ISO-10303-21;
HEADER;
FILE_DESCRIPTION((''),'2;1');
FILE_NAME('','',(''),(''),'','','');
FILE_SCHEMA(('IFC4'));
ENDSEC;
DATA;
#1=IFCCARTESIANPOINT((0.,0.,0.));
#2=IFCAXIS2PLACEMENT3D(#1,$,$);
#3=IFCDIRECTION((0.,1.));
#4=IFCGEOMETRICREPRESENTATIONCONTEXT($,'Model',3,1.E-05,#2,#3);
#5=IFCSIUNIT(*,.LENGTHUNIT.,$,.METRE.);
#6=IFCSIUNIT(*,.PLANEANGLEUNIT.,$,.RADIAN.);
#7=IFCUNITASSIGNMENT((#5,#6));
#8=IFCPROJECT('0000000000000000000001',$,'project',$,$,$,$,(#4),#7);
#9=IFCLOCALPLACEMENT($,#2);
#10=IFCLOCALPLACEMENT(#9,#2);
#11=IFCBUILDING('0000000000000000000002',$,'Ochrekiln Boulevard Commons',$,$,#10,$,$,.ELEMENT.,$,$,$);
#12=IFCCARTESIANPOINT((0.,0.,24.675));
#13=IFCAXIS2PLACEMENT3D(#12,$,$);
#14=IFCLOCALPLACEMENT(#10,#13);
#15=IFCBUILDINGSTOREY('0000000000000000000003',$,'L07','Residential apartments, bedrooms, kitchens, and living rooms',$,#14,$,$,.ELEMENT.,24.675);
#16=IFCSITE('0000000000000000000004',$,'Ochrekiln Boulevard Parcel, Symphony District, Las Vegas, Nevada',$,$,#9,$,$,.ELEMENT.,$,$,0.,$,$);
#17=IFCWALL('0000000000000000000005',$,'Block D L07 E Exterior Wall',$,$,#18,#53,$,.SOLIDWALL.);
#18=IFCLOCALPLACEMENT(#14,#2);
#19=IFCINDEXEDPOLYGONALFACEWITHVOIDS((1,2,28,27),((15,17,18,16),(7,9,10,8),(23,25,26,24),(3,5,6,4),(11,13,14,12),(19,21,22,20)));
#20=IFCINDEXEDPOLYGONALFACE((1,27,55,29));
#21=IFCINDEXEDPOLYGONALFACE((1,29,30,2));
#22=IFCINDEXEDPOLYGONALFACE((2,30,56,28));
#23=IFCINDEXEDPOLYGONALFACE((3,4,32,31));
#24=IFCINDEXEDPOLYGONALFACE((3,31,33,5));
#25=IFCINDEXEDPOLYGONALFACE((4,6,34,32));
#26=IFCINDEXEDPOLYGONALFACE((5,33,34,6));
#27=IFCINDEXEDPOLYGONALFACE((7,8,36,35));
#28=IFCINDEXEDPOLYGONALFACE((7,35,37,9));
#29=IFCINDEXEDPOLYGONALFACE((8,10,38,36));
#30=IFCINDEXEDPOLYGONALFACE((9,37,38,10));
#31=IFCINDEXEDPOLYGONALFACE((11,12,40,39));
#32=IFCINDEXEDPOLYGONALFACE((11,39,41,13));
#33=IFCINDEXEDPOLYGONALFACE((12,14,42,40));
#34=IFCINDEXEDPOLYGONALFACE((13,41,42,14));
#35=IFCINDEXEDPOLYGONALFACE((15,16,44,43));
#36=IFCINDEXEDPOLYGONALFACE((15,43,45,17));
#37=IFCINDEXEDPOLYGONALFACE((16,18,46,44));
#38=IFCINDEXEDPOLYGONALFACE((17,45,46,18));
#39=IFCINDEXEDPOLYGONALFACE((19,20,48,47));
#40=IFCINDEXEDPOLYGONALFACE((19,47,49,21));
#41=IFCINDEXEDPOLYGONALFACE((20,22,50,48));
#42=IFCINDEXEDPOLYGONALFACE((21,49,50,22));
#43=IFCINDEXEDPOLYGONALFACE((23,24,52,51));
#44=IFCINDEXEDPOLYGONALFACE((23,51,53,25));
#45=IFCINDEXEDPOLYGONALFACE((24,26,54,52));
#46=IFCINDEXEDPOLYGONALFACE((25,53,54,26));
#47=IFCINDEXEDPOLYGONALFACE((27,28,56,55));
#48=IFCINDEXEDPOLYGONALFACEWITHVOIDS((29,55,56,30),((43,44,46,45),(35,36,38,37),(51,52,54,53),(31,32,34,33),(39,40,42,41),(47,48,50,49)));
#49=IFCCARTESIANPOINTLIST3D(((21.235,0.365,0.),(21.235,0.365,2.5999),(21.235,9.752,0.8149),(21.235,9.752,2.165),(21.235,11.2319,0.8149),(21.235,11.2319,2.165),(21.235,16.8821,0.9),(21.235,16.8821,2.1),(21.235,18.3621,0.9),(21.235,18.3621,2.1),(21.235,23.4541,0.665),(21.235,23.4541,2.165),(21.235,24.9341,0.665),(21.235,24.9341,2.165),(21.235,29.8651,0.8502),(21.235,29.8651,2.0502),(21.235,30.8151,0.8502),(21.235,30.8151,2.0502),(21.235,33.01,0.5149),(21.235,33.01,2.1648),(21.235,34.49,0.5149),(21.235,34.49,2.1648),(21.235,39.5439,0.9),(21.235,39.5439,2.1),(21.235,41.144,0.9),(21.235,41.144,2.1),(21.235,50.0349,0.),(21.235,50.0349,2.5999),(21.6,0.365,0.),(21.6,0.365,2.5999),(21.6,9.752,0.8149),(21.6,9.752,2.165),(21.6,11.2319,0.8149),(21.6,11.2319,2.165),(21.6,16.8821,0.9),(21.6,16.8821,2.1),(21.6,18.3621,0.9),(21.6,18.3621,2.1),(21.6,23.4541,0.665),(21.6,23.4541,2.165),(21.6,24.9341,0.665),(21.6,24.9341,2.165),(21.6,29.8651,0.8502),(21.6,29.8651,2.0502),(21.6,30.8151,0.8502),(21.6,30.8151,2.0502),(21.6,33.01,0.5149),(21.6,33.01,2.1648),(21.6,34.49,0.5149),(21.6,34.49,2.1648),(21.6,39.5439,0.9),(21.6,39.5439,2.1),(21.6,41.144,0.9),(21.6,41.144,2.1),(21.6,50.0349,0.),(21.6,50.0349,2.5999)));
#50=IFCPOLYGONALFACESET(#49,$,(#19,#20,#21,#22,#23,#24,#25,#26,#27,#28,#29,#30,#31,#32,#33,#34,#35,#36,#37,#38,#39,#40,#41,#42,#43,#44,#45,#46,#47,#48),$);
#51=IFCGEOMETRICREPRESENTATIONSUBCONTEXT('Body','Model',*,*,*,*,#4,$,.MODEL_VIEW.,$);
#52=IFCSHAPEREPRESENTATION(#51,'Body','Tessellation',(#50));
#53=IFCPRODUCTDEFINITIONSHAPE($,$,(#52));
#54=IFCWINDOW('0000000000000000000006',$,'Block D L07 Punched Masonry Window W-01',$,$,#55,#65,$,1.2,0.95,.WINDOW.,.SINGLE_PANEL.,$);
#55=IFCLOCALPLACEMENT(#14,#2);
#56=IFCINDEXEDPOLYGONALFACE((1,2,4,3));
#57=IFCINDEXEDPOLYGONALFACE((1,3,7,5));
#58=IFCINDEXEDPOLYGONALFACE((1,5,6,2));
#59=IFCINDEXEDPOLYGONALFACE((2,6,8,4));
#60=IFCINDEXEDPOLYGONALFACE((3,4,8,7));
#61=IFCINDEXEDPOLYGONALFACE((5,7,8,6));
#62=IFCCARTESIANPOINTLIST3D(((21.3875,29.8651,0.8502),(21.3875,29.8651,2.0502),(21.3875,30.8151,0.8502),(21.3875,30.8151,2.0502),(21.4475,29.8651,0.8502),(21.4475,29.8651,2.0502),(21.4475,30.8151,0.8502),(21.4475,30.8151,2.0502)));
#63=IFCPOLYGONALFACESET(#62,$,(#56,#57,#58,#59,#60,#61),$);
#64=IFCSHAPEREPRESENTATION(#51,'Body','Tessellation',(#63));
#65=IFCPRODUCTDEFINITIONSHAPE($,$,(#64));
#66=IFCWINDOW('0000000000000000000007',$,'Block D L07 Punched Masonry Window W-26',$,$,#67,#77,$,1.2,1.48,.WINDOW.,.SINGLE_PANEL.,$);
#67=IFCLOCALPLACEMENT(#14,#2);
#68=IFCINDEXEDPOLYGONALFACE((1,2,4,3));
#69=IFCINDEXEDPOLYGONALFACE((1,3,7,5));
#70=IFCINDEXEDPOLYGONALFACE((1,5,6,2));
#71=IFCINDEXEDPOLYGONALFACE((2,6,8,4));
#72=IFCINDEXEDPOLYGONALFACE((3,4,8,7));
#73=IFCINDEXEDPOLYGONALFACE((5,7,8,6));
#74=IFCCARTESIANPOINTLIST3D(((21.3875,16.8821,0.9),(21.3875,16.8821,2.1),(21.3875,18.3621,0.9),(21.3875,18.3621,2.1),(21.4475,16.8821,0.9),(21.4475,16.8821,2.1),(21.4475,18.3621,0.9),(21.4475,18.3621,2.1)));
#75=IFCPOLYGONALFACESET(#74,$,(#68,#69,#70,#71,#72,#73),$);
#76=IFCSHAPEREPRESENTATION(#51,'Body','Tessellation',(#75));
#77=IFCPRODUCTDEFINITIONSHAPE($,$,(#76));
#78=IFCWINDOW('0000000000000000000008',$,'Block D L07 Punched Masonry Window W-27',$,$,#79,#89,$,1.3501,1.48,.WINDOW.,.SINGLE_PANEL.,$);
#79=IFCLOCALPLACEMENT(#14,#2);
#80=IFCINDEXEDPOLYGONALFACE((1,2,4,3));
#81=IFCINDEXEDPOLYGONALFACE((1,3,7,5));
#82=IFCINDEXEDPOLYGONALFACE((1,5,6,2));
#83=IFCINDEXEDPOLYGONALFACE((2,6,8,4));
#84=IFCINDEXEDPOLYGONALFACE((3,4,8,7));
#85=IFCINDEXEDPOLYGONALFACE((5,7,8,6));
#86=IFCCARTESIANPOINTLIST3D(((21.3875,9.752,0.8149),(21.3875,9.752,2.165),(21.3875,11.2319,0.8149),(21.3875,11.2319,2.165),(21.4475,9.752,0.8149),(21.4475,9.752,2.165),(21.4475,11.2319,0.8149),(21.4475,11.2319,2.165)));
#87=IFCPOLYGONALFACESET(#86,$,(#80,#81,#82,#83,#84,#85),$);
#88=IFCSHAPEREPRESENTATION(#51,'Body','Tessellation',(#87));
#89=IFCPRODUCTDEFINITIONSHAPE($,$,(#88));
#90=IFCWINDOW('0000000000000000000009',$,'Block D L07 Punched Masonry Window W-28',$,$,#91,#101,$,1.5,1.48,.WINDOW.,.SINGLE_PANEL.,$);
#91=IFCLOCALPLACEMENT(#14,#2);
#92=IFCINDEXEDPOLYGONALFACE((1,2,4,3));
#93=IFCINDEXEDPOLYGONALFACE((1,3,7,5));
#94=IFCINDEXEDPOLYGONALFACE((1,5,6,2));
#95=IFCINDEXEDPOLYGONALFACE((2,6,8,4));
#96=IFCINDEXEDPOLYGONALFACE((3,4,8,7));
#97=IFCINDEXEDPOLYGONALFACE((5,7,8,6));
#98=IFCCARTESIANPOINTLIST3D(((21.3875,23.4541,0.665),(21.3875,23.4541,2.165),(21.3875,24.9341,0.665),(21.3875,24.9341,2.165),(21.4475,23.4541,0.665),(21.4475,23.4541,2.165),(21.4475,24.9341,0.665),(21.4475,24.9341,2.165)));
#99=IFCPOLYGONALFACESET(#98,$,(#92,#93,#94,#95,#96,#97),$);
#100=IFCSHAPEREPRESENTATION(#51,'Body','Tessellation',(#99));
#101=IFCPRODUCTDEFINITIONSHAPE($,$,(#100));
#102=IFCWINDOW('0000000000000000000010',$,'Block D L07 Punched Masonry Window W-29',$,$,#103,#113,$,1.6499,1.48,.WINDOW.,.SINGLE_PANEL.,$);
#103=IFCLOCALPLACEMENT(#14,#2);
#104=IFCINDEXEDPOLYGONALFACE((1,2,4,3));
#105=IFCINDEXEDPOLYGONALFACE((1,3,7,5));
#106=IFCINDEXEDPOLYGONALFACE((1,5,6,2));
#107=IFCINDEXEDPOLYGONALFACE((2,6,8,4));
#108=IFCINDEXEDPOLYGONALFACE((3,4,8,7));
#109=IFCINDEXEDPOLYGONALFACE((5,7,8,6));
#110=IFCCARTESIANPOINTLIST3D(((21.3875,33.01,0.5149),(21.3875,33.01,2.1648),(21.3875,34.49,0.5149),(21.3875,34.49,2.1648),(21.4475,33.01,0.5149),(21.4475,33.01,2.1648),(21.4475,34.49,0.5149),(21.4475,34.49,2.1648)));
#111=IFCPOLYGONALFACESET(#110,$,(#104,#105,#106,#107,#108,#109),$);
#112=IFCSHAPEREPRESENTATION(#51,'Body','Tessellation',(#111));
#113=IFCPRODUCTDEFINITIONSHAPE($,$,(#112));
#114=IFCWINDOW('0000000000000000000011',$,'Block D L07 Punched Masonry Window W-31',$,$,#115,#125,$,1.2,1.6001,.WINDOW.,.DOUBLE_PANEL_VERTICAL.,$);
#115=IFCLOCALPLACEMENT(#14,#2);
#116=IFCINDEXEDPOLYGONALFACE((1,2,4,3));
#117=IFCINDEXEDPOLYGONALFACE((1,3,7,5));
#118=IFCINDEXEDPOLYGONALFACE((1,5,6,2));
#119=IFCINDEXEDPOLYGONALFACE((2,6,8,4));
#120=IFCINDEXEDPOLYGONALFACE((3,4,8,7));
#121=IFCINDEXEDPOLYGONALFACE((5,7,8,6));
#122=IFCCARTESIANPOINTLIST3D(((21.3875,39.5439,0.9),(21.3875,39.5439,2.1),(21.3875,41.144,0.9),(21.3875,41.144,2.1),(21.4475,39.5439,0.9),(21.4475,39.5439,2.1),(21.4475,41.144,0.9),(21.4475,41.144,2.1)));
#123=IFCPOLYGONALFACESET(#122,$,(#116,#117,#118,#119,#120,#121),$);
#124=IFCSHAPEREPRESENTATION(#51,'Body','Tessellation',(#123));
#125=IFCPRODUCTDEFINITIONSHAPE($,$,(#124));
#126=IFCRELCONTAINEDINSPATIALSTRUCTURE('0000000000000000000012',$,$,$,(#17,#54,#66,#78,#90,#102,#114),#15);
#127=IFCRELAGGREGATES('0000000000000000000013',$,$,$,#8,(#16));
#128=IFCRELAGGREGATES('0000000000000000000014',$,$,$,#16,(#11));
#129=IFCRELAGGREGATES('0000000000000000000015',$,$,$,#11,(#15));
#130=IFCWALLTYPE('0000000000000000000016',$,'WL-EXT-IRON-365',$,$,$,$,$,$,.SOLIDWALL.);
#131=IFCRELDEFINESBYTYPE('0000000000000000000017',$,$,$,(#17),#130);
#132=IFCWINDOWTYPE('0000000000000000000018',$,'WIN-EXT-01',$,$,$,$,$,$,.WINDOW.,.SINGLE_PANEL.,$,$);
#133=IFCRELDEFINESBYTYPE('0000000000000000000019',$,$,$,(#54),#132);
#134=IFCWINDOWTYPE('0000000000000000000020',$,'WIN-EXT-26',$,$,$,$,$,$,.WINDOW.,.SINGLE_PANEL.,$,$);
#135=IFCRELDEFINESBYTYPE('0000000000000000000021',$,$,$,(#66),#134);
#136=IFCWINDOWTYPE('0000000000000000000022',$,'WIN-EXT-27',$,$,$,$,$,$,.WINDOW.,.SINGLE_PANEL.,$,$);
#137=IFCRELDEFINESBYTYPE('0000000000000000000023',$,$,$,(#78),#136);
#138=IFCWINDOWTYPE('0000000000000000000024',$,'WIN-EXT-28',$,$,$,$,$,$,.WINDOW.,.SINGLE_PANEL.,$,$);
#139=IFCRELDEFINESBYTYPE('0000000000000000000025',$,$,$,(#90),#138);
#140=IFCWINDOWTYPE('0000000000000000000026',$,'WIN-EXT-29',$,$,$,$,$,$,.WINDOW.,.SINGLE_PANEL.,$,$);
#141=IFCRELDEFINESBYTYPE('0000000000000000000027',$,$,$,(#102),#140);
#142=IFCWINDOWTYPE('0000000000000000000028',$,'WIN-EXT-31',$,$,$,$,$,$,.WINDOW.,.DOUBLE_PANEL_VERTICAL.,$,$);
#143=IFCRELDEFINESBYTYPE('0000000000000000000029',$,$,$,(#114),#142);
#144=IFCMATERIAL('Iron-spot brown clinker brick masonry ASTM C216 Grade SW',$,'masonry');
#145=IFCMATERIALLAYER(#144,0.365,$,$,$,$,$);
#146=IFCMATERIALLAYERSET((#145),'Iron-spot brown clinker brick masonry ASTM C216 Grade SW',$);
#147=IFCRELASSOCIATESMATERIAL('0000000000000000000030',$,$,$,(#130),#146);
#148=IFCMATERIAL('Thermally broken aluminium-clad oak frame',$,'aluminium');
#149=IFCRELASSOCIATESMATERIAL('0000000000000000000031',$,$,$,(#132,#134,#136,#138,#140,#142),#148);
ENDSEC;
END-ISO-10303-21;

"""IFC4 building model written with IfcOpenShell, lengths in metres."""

from ifc_helpers import new_model, si_unit, direction, frame, frame_2d, origin, place, context, subcontext, project, spatial, rectangle, extrude, material, layer, layer_set, type_object, element, fill, save


model = new_model("IFC4")

# Units and contexts
model_context = context("Model", 3, precision=1e-05, world=origin(), true_north=direction((0.0, 1.0)))
body_context = subcontext(model_context, "Body", "Model", "MODEL_VIEW")
ifc_project = project(units=[si_unit("LENGTHUNIT", "METRE"), si_unit("PLANEANGLEUNIT", "RADIAN")], contexts=[model_context])

# Site, building, storey
site_placement = place(None, origin())
site = spatial("IfcSite", under=ifc_project, at=site_placement, Name="Ochrekiln Boulevard Parcel, Symphony District, Las Vegas, Nevada", CompositionType="ELEMENT", RefElevation=0.0)
building_placement = place(site_placement, origin())
building = spatial("IfcBuilding", under=site, at=building_placement, Name="Ochrekiln Boulevard Commons", CompositionType="ELEMENT")
storey_placement = place(building_placement, frame((0.0, 0.0, 24.675)))
storey = spatial("IfcBuildingStorey", under=building, at=storey_placement, Name="L07", Description="Residential apartments, bedrooms, kitchens, and living rooms", CompositionType="ELEMENT", Elevation=24.675)

# Wall, openings, windows
ifc_material_1 = material(Name="Iron-spot brown clinker brick masonry ASTM C216 Grade SW", Category="masonry")
ifc_layer = layer(ifc_material_1, 0.365)
ifc_layer_set = layer_set([ifc_layer], Name="Iron-spot brown clinker brick masonry ASTM C216 Grade SW")
wall_type = type_object("IfcWallType", Name="WL-EXT-IRON-365", PredefinedType="SOLIDWALL", material=ifc_layer_set)
wall_placement = place(storey_placement, frame((21.4175, 0.365, 0.0), z_axis=(0.0, 0.0, 1.0), x_axis=(0.0, 1.0, 0.0)))
wall = element("IfcWall", 1, at=wall_placement, inside=storey, type_object=wall_type, Name="Block D L07 E Exterior Wall", PredefinedType="SOLIDWALL", context=body_context, shape_type="SweptSolid", body=[
    extrude(rectangle(XDim=49.6699, YDim=0.365, at=frame_2d((24.835, 0.0))), origin(), (0.0, 0.0, 1.0), 2.5999),
])
opening_1_placement = place(wall_placement, frame((16.5171, 0.0, 0.8999)))
opening_1 = element("IfcOpeningElement", 2, at=opening_1_placement, cuts=wall, PredefinedType="OPENING", context=body_context, shape_type="SweptSolid", body=[
    extrude(rectangle(XDim=1.48, YDim=1.2, at=frame_2d((0.74, 0.6001))), frame((0.0, 0.1924, 0.0), z_axis=(0.0, -1.0, 0.0), x_axis=(1.0, 0.0, 0.0)), (0.0, 0.0, 1.0), 0.385),
])
opening_2_placement = place(wall_placement, frame((9.387, 0.0, 0.8149)))
opening_2 = element("IfcOpeningElement", 3, at=opening_2_placement, cuts=wall, PredefinedType="OPENING", context=body_context, shape_type="SweptSolid", body=[
    extrude(rectangle(XDim=1.48, YDim=1.3501, at=frame_2d((0.74, 0.675))), frame((0.0, 0.1924, 0.0), z_axis=(0.0, -1.0, 0.0), x_axis=(1.0, 0.0, 0.0)), (0.0, 0.0, 1.0), 0.385),
])
opening_3_placement = place(wall_placement, frame((23.0891, 0.0, 0.665)))
opening_3 = element("IfcOpeningElement", 4, at=opening_3_placement, cuts=wall, PredefinedType="OPENING", context=body_context, shape_type="SweptSolid", body=[
    extrude(rectangle(XDim=1.48, YDim=1.5, at=frame_2d((0.74, 0.75))), frame((0.0, 0.1924, 0.0), z_axis=(0.0, -1.0, 0.0), x_axis=(1.0, 0.0, 0.0)), (0.0, 0.0, 1.0), 0.385),
])
opening_4_placement = place(wall_placement, frame((32.645, 0.0, 0.5149)))
opening_4 = element("IfcOpeningElement", 5, at=opening_4_placement, cuts=wall, PredefinedType="OPENING", context=body_context, shape_type="SweptSolid", body=[
    extrude(rectangle(XDim=1.48, YDim=1.6499, at=frame_2d((0.74, 0.825))), frame((0.0, 0.1924, 0.0), z_axis=(0.0, -1.0, 0.0), x_axis=(1.0, 0.0, 0.0)), (0.0, 0.0, 1.0), 0.385),
])
opening_5_placement = place(wall_placement, frame((29.5, 0.0, 0.8501)))
opening_5 = element("IfcOpeningElement", 6, at=opening_5_placement, cuts=wall, PredefinedType="OPENING", context=body_context, shape_type="SweptSolid", body=[
    extrude(rectangle(XDim=0.95, YDim=1.2, at=frame_2d((0.4751, 0.6001))), frame((0.0, 0.1924, 0.0), z_axis=(0.0, -1.0, 0.0), x_axis=(1.0, 0.0, 0.0)), (0.0, 0.0, 1.0), 0.385),
])
opening_6_placement = place(wall_placement, frame((39.179, 0.0, 0.8999)))
opening_6 = element("IfcOpeningElement", 7, at=opening_6_placement, cuts=wall, PredefinedType="OPENING", context=body_context, shape_type="SweptSolid", body=[
    extrude(rectangle(XDim=1.6001, YDim=1.2, at=frame_2d((0.8, 0.6001))), frame((0.0, 0.1924, 0.0), z_axis=(0.0, -1.0, 0.0), x_axis=(1.0, 0.0, 0.0)), (0.0, 0.0, 1.0), 0.385),
])
ifc_material_2 = material(Name="Thermally broken aluminium-clad oak frame", Category="aluminium")
window_type_1 = type_object("IfcWindowType", Name="WIN-EXT-01", PartitioningType="SINGLE_PANEL", PredefinedType="WINDOW", material=ifc_material_2)
window_1_placement = place(opening_5_placement, origin())
window_1 = element("IfcWindow", 8, at=window_1_placement, inside=storey, type_object=window_type_1, Name="Block D L07 Punched Masonry Window W-01", OverallHeight=1.2, OverallWidth=0.95, PartitioningType="SINGLE_PANEL", PredefinedType="WINDOW", context=body_context, shape_type="SweptSolid", body=[
    extrude(rectangle(XDim=0.95, YDim=1.2, at=frame_2d((0.4751, 0.6001))), frame((0.0, 0.03, 0.0), z_axis=(0.0, -1.0, 0.0), x_axis=(1.0, 0.0, 0.0)), (0.0, 0.0, 1.0), 0.0601),
])
fill(opening_5, window_1)
window_type_2 = type_object("IfcWindowType", Name="WIN-EXT-26", PartitioningType="SINGLE_PANEL", PredefinedType="WINDOW", material=ifc_material_2)
window_2_placement = place(opening_1_placement, origin())
window_2 = element("IfcWindow", 9, at=window_2_placement, inside=storey, type_object=window_type_2, Name="Block D L07 Punched Masonry Window W-26", OverallHeight=1.2, OverallWidth=1.48, PartitioningType="SINGLE_PANEL", PredefinedType="WINDOW", context=body_context, shape_type="SweptSolid", body=[
    extrude(rectangle(XDim=1.48, YDim=1.2, at=frame_2d((0.74, 0.6001))), frame((0.0, 0.03, 0.0), z_axis=(0.0, -1.0, 0.0), x_axis=(1.0, 0.0, 0.0)), (0.0, 0.0, 1.0), 0.0601),
])
fill(opening_1, window_2)
window_type_3 = type_object("IfcWindowType", Name="WIN-EXT-27", PartitioningType="SINGLE_PANEL", PredefinedType="WINDOW", material=ifc_material_2)
window_3_placement = place(opening_2_placement, origin())
window_3 = element("IfcWindow", 10, at=window_3_placement, inside=storey, type_object=window_type_3, Name="Block D L07 Punched Masonry Window W-27", OverallHeight=1.3501, OverallWidth=1.48, PartitioningType="SINGLE_PANEL", PredefinedType="WINDOW", context=body_context, shape_type="SweptSolid", body=[
    extrude(rectangle(XDim=1.48, YDim=1.3501, at=frame_2d((0.74, 0.675))), frame((0.0, 0.03, 0.0), z_axis=(0.0, -1.0, 0.0), x_axis=(1.0, 0.0, 0.0)), (0.0, 0.0, 1.0), 0.0601),
])
fill(opening_2, window_3)
window_type_4 = type_object("IfcWindowType", Name="WIN-EXT-28", PartitioningType="SINGLE_PANEL", PredefinedType="WINDOW", material=ifc_material_2)
window_4_placement = place(opening_3_placement, origin())
window_4 = element("IfcWindow", 11, at=window_4_placement, inside=storey, type_object=window_type_4, Name="Block D L07 Punched Masonry Window W-28", OverallHeight=1.5, OverallWidth=1.48, PartitioningType="SINGLE_PANEL", PredefinedType="WINDOW", context=body_context, shape_type="SweptSolid", body=[
    extrude(rectangle(XDim=1.48, YDim=1.5, at=frame_2d((0.74, 0.75))), frame((0.0, 0.03, 0.0), z_axis=(0.0, -1.0, 0.0), x_axis=(1.0, 0.0, 0.0)), (0.0, 0.0, 1.0), 0.0601),
])
fill(opening_3, window_4)
window_type_5 = type_object("IfcWindowType", Name="WIN-EXT-29", PartitioningType="SINGLE_PANEL", PredefinedType="WINDOW", material=ifc_material_2)
window_5_placement = place(opening_4_placement, origin())
window_5 = element("IfcWindow", 12, at=window_5_placement, inside=storey, type_object=window_type_5, Name="Block D L07 Punched Masonry Window W-29", OverallHeight=1.6499, OverallWidth=1.48, PartitioningType="SINGLE_PANEL", PredefinedType="WINDOW", context=body_context, shape_type="SweptSolid", body=[
    extrude(rectangle(XDim=1.48, YDim=1.6499, at=frame_2d((0.74, 0.825))), frame((0.0, 0.03, 0.0), z_axis=(0.0, -1.0, 0.0), x_axis=(1.0, 0.0, 0.0)), (0.0, 0.0, 1.0), 0.0601),
])
fill(opening_4, window_5)
window_type_6 = type_object("IfcWindowType", Name="WIN-EXT-31", PartitioningType="DOUBLE_PANEL_VERTICAL", PredefinedType="WINDOW", material=ifc_material_2)
window_6_placement = place(opening_6_placement, origin())
window_6 = element("IfcWindow", 13, at=window_6_placement, inside=storey, type_object=window_type_6, Name="Block D L07 Punched Masonry Window W-31", OverallHeight=1.2, OverallWidth=1.6001, PartitioningType="DOUBLE_PANEL_VERTICAL", PredefinedType="WINDOW", context=body_context, shape_type="SweptSolid", body=[
    extrude(rectangle(XDim=1.6001, YDim=1.2, at=frame_2d((0.8, 0.6001))), frame((0.0, 0.03, 0.0), z_axis=(0.0, -1.0, 0.0), x_axis=(1.0, 0.0, 0.0)), (0.0, 0.0, 1.0), 0.0601),
])
fill(opening_6, window_6)

save(model, "model.ifc")
